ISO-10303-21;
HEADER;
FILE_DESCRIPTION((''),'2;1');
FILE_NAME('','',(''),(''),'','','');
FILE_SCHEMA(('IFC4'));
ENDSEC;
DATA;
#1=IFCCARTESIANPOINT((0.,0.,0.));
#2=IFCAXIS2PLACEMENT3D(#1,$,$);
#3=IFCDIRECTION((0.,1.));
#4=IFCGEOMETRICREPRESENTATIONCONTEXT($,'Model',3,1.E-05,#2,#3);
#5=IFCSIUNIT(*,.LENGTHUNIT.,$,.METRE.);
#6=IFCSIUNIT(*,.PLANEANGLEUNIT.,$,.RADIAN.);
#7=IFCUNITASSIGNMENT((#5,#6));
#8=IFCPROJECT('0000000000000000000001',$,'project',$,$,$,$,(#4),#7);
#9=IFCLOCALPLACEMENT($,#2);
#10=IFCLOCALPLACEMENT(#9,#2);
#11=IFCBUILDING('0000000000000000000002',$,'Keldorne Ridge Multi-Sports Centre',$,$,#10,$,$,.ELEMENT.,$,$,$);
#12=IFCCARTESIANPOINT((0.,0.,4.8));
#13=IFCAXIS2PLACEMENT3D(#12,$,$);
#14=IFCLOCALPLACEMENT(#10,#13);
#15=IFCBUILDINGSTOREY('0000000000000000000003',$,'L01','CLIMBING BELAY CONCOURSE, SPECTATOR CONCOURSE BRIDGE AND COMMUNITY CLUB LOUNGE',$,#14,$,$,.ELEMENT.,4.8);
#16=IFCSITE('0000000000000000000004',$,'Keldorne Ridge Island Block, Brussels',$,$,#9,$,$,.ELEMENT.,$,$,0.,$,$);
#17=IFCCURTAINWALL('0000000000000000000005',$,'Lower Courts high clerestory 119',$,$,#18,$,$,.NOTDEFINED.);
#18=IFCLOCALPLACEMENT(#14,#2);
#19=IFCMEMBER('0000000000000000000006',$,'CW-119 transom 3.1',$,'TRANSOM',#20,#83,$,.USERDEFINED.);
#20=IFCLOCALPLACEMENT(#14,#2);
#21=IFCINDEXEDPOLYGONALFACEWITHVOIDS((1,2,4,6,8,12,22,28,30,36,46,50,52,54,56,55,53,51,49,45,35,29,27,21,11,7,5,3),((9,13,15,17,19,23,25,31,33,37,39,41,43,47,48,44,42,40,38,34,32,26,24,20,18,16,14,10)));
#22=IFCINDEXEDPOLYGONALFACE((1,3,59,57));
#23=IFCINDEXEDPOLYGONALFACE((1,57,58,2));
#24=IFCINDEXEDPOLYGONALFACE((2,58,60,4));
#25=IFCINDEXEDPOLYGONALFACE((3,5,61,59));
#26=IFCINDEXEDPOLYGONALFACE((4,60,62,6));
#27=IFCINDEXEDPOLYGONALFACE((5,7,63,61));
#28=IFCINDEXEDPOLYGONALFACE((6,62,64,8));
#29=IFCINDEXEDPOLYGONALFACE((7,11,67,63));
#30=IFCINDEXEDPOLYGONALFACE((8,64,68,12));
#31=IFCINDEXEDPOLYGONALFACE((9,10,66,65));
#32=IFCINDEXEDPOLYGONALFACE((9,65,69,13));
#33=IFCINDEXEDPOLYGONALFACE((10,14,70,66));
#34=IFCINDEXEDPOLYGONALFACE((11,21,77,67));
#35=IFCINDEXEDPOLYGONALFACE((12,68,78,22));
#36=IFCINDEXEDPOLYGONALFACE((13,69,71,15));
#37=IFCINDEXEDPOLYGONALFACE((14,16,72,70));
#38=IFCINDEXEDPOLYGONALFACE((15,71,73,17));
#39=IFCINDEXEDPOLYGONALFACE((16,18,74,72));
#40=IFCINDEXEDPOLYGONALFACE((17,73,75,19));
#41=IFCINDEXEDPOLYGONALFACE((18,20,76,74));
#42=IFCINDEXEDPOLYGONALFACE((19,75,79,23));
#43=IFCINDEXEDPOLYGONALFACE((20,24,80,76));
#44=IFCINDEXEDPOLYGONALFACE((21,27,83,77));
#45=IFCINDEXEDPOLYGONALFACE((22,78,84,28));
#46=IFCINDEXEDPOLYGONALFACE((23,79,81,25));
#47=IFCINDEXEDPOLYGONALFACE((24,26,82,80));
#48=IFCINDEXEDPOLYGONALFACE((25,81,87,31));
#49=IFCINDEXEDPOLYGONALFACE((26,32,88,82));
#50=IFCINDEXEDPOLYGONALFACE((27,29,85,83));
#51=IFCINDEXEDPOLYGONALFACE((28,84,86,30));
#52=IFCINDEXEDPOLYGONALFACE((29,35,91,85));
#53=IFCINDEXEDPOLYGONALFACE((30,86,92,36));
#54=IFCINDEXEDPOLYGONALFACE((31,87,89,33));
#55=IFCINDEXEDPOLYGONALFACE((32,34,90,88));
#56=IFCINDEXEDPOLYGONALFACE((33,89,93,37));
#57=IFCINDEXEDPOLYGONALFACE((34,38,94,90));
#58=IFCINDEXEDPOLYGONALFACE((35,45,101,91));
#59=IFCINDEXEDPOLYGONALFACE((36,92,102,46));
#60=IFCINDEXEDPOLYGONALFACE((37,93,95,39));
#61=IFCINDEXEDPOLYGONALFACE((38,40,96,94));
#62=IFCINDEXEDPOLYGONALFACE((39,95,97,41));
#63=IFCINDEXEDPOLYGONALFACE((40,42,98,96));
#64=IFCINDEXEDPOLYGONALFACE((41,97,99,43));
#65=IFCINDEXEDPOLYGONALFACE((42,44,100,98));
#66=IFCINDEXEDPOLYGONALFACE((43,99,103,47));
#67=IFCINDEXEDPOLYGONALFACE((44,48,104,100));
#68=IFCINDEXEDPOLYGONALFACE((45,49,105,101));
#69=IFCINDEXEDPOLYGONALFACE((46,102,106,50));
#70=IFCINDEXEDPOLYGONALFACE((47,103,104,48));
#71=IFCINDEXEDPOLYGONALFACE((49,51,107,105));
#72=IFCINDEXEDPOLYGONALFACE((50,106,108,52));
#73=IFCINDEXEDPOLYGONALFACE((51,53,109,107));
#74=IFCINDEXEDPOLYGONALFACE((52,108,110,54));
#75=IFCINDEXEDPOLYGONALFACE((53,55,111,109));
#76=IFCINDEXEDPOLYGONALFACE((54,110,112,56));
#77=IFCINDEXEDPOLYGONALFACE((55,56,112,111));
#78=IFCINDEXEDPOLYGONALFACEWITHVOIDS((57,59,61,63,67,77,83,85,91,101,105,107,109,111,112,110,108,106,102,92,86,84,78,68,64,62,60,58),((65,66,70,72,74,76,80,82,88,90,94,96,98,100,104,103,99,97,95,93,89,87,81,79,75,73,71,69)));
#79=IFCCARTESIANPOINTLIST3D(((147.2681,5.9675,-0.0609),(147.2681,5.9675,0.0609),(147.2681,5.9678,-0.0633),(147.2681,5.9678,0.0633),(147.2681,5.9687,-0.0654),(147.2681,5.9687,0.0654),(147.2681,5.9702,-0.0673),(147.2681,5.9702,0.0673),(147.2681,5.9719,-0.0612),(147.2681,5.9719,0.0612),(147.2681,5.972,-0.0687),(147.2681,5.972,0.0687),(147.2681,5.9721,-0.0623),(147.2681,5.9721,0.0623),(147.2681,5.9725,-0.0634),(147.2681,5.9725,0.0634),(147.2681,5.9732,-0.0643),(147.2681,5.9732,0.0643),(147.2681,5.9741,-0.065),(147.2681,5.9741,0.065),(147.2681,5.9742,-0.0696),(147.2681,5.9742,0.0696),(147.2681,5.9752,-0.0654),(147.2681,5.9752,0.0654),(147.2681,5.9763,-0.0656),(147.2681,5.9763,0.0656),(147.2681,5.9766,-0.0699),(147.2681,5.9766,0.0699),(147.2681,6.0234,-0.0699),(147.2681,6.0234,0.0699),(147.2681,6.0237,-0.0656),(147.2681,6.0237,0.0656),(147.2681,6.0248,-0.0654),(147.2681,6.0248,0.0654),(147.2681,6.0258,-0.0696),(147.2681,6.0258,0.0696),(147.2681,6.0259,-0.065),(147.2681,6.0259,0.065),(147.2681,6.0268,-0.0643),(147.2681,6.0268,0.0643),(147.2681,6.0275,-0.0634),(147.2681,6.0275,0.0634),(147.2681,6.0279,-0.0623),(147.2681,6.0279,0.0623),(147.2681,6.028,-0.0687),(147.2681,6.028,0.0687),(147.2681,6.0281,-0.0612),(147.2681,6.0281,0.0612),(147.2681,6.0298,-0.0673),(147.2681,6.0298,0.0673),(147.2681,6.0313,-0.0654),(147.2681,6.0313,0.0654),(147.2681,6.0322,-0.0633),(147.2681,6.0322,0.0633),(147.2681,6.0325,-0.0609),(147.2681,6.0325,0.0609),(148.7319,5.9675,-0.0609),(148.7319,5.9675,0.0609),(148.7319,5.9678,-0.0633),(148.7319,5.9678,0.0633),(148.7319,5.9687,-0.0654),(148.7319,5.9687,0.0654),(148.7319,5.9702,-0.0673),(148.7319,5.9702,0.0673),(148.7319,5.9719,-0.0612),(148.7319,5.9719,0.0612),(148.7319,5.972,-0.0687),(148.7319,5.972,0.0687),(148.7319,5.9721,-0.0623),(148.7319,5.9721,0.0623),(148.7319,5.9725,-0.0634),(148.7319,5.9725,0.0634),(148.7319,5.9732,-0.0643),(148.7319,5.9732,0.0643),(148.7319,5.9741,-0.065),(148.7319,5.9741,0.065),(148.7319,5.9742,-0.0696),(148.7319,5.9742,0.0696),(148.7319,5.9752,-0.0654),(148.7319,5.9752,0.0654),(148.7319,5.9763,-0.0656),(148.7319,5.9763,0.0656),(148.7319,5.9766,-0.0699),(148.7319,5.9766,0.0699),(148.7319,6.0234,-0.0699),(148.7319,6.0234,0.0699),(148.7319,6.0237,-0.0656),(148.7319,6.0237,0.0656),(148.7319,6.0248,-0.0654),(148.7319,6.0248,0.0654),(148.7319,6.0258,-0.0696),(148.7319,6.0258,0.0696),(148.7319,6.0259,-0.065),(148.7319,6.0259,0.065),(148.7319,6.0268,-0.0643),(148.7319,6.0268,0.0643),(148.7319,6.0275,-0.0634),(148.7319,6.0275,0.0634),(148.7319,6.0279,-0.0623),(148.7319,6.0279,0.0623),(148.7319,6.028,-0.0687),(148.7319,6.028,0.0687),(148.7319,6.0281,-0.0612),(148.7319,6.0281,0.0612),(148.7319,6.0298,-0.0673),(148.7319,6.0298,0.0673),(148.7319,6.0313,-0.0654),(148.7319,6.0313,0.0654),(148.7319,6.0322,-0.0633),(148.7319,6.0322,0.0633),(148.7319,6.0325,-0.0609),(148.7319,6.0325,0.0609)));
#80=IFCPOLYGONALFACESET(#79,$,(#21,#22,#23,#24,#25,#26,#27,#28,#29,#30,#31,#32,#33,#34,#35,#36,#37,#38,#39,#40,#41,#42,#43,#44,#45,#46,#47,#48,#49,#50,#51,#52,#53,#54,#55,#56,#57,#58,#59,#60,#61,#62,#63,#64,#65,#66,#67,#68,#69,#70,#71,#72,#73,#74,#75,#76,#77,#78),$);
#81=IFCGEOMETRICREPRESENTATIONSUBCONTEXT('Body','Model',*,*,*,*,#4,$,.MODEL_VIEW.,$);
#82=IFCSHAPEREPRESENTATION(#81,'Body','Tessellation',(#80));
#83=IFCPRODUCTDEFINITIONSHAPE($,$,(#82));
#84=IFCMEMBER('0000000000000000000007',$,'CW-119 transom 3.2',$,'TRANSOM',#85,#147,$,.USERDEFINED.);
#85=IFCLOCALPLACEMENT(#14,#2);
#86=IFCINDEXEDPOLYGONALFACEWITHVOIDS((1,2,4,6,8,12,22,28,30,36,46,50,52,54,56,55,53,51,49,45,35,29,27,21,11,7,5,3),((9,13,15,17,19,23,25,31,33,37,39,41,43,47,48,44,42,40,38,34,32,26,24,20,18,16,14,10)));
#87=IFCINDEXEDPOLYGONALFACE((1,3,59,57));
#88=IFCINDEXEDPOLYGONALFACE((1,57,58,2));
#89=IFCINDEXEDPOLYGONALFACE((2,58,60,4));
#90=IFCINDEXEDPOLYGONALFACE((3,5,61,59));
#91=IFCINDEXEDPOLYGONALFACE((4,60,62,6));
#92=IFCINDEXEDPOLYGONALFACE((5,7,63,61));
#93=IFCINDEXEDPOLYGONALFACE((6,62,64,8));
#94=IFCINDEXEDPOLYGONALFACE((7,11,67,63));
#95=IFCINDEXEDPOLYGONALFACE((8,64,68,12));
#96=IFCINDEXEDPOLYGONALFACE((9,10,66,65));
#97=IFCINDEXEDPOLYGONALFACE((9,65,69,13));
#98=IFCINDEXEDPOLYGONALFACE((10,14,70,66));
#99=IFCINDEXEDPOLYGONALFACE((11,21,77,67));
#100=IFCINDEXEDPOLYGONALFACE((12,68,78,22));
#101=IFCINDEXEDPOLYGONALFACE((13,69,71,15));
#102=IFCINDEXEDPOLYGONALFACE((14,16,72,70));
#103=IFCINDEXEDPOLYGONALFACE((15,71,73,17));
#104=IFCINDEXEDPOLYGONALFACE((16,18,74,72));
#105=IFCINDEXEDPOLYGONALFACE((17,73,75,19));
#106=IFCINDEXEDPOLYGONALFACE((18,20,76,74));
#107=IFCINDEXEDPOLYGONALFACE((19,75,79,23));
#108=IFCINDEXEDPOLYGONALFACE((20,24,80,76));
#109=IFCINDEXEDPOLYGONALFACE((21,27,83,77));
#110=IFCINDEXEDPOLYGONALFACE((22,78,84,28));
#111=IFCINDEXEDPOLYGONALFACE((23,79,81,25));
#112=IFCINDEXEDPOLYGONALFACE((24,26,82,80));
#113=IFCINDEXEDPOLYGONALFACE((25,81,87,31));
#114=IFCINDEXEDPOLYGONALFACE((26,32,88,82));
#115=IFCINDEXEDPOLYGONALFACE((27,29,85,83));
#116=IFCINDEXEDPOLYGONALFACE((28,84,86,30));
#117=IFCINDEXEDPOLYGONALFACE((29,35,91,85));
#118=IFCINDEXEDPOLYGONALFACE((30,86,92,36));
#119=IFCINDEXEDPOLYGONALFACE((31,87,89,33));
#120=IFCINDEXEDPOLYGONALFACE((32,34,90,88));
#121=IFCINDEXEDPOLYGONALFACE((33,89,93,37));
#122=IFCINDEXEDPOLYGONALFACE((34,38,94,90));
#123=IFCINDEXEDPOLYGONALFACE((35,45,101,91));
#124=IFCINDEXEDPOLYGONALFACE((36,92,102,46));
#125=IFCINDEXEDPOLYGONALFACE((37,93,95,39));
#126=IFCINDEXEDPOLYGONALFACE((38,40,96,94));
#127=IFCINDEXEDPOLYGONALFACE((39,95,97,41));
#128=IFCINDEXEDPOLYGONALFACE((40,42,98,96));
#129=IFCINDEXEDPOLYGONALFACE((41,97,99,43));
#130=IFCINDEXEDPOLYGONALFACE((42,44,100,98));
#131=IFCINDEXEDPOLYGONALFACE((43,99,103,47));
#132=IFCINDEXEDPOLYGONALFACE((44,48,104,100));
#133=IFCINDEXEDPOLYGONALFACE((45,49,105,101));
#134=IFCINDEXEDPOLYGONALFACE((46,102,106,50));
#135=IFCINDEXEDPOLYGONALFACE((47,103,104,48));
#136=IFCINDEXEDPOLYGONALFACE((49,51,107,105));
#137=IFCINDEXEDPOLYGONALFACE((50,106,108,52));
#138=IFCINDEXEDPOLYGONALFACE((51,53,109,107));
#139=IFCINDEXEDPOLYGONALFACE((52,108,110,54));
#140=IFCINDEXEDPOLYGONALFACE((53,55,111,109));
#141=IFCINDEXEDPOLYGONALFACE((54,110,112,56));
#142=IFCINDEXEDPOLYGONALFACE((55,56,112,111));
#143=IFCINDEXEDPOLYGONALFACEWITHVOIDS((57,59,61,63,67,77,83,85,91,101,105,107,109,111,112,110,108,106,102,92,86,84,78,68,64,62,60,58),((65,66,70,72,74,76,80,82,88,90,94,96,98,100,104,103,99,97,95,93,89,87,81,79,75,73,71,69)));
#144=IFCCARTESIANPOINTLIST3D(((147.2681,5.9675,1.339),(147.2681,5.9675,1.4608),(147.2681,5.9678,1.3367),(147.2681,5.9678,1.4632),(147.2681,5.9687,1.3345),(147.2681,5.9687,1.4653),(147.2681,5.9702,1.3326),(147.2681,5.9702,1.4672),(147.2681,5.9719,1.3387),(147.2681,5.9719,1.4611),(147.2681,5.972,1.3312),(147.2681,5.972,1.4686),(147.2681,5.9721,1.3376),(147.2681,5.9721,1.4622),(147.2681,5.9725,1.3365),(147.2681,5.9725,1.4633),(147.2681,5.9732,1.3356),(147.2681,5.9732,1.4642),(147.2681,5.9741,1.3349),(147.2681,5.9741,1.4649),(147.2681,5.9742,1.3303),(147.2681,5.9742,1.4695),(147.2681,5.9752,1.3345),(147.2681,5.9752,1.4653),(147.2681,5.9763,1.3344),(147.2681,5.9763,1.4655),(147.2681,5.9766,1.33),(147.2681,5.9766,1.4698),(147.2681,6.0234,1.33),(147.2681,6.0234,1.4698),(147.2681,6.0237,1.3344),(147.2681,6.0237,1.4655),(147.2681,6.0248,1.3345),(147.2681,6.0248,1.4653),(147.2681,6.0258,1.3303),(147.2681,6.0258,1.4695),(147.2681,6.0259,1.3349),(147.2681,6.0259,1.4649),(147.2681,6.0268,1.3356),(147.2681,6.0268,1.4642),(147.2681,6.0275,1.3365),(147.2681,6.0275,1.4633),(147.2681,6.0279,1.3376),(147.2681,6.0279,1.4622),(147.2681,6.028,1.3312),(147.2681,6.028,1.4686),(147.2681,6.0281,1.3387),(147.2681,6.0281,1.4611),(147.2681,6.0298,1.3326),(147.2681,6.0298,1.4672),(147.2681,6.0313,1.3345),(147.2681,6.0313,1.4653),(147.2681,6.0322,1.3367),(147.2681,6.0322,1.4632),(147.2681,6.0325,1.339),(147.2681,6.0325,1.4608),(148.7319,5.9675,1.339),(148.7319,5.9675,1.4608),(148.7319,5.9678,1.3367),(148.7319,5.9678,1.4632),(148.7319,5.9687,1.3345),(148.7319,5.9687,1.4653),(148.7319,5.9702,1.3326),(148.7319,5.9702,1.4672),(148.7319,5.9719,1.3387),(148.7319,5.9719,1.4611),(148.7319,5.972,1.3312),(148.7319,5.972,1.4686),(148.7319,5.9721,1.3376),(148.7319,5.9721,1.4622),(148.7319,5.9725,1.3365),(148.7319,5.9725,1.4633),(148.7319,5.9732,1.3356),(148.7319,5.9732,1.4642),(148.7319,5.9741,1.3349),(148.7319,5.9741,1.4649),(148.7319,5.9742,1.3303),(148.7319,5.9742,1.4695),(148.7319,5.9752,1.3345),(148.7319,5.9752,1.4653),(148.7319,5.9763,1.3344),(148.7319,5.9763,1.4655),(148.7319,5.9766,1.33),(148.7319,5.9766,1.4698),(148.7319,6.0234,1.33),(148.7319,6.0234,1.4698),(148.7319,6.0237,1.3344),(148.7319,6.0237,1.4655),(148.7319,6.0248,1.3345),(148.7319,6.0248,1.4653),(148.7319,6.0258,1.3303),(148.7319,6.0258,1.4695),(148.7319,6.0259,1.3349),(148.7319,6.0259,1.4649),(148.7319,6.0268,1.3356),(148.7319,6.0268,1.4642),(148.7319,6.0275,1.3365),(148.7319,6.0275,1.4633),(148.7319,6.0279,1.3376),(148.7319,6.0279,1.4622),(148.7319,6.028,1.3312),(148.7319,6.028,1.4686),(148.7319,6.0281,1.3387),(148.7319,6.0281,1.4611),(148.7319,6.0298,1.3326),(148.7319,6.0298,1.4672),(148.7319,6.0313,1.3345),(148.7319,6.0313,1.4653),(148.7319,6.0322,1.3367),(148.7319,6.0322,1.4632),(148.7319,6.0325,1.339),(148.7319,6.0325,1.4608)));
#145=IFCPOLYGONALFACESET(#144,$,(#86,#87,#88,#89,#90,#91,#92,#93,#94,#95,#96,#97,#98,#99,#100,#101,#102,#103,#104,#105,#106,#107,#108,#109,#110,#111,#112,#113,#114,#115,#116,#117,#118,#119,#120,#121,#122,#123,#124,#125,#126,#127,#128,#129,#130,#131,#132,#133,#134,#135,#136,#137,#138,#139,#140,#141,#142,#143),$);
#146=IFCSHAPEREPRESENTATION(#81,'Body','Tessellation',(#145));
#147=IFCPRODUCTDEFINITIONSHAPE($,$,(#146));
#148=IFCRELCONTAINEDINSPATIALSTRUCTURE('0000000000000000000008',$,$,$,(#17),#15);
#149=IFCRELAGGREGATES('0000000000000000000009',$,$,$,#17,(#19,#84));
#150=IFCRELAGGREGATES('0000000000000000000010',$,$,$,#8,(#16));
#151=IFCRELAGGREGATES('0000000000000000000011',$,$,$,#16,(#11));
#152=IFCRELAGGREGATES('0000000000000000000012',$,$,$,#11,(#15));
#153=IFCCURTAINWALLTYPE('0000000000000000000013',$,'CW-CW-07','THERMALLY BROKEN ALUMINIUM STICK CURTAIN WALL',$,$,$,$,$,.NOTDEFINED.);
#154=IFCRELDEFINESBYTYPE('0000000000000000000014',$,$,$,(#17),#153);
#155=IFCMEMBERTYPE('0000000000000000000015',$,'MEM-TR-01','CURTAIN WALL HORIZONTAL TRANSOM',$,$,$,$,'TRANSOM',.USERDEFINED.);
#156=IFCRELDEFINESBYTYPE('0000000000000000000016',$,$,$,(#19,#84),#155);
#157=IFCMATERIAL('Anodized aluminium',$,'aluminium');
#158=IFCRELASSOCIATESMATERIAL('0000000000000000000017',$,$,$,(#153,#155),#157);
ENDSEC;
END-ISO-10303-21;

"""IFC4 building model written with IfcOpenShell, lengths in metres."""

from ifc_helpers import new_model, si_unit, direction, frame, origin, origin_2d, place, context, subcontext, project, spatial, hollow_rectangle, extrude, material, material_profile, profile_set, type_object, element, aggregate, save


model = new_model("IFC4")

# Units and contexts
model_context = context("Model", 3, precision=1e-05, world=origin(), true_north=direction((0.0, 1.0)))
body_context = subcontext(model_context, "Body", "Model", "MODEL_VIEW")
ifc_project = project(units=[si_unit("LENGTHUNIT", "METRE"), si_unit("PLANEANGLEUNIT", "RADIAN")], contexts=[model_context])

# Site, building, storey
site_placement = place(None, origin())
site = spatial("IfcSite", under=ifc_project, at=site_placement, Name="Keldorne Ridge Island Block, Brussels", CompositionType="ELEMENT", RefElevation=0.0)
building_placement = place(site_placement, origin())
building = spatial("IfcBuilding", under=site, at=building_placement, Name="Keldorne Ridge Multi-Sports Centre", CompositionType="ELEMENT")
storey_placement = place(building_placement, frame((0.0, 0.0, 4.8)))
storey = spatial("IfcBuildingStorey", under=building, at=storey_placement, Name="L01", Description="CLIMBING BELAY CONCOURSE, SPECTATOR CONCOURSE BRIDGE AND COMMUNITY CLUB LOUNGE", CompositionType="ELEMENT", Elevation=4.8)

# Curtain wall, members
ifc_material_1 = material(Name="Anodized aluminium", Category="aluminium")
curtain_wall_type = type_object("IfcCurtainWallType", Name="CW-CW-07", Description="THERMALLY BROKEN ALUMINIUM STICK CURTAIN WALL", PredefinedType="NOTDEFINED", material=ifc_material_1)
curtain_wall_placement = place(storey_placement, origin())
curtain_wall = element("IfcCurtainWall", 1, at=curtain_wall_placement, inside=storey, type_object=curtain_wall_type, Name="Lower Courts high clerestory 119", PredefinedType="NOTDEFINED")
ifc_material_profile_1 = material_profile(ifc_material_1, hollow_rectangle(XDim=0.0649, YDim=0.1399, WallThickness=0.0044, InnerFilletRadius=0.0044, OuterFilletRadius=0.009, at=origin_2d()), Name="ALU TRANSOM 140x65x4.5")
ifc_profile_set_1 = profile_set([ifc_material_profile_1], Name="Anodized aluminium")
member_type_1 = type_object("IfcMemberType", Name="MEM-TR-01", Description="CURTAIN WALL HORIZONTAL TRANSOM", ElementType="TRANSOM", PredefinedType="USERDEFINED", material=ifc_profile_set_1)
member_1_placement = place(storey_placement, frame((147.2681, 6.0, 0.0), z_axis=(1.0, 0.0, 0.0), x_axis=(0.0, 1.0, 0.0)))
member_1 = element("IfcMember", 2, at=member_1_placement, type_object=member_type_1, Name="CW-119 transom 3.1", ObjectType="TRANSOM", PredefinedType="USERDEFINED", context=body_context, shape_type="SweptSolid", body=[
    extrude(hollow_rectangle(XDim=0.0649, YDim=0.1399, WallThickness=0.0044, InnerFilletRadius=0.0044, OuterFilletRadius=0.009, at=origin_2d()), origin(), (0.0, 0.0, 1.0), 1.4639),
])
member_2_placement = place(storey_placement, frame((147.2681, 6.0, 1.3999), z_axis=(1.0, 0.0, 0.0), x_axis=(0.0, 1.0, 0.0)))
member_2 = element("IfcMember", 3, at=member_2_placement, type_object=member_type_1, Name="CW-119 transom 3.2", ObjectType="TRANSOM", PredefinedType="USERDEFINED", context=body_context, shape_type="SweptSolid", body=[
    extrude(hollow_rectangle(XDim=0.0649, YDim=0.1399, WallThickness=0.0044, InnerFilletRadius=0.0044, OuterFilletRadius=0.009, at=origin_2d()), origin(), (0.0, 0.0, 1.0), 1.4639),
])
aggregate(curtain_wall, [member_1, member_2])

save(model, "model.ifc")
